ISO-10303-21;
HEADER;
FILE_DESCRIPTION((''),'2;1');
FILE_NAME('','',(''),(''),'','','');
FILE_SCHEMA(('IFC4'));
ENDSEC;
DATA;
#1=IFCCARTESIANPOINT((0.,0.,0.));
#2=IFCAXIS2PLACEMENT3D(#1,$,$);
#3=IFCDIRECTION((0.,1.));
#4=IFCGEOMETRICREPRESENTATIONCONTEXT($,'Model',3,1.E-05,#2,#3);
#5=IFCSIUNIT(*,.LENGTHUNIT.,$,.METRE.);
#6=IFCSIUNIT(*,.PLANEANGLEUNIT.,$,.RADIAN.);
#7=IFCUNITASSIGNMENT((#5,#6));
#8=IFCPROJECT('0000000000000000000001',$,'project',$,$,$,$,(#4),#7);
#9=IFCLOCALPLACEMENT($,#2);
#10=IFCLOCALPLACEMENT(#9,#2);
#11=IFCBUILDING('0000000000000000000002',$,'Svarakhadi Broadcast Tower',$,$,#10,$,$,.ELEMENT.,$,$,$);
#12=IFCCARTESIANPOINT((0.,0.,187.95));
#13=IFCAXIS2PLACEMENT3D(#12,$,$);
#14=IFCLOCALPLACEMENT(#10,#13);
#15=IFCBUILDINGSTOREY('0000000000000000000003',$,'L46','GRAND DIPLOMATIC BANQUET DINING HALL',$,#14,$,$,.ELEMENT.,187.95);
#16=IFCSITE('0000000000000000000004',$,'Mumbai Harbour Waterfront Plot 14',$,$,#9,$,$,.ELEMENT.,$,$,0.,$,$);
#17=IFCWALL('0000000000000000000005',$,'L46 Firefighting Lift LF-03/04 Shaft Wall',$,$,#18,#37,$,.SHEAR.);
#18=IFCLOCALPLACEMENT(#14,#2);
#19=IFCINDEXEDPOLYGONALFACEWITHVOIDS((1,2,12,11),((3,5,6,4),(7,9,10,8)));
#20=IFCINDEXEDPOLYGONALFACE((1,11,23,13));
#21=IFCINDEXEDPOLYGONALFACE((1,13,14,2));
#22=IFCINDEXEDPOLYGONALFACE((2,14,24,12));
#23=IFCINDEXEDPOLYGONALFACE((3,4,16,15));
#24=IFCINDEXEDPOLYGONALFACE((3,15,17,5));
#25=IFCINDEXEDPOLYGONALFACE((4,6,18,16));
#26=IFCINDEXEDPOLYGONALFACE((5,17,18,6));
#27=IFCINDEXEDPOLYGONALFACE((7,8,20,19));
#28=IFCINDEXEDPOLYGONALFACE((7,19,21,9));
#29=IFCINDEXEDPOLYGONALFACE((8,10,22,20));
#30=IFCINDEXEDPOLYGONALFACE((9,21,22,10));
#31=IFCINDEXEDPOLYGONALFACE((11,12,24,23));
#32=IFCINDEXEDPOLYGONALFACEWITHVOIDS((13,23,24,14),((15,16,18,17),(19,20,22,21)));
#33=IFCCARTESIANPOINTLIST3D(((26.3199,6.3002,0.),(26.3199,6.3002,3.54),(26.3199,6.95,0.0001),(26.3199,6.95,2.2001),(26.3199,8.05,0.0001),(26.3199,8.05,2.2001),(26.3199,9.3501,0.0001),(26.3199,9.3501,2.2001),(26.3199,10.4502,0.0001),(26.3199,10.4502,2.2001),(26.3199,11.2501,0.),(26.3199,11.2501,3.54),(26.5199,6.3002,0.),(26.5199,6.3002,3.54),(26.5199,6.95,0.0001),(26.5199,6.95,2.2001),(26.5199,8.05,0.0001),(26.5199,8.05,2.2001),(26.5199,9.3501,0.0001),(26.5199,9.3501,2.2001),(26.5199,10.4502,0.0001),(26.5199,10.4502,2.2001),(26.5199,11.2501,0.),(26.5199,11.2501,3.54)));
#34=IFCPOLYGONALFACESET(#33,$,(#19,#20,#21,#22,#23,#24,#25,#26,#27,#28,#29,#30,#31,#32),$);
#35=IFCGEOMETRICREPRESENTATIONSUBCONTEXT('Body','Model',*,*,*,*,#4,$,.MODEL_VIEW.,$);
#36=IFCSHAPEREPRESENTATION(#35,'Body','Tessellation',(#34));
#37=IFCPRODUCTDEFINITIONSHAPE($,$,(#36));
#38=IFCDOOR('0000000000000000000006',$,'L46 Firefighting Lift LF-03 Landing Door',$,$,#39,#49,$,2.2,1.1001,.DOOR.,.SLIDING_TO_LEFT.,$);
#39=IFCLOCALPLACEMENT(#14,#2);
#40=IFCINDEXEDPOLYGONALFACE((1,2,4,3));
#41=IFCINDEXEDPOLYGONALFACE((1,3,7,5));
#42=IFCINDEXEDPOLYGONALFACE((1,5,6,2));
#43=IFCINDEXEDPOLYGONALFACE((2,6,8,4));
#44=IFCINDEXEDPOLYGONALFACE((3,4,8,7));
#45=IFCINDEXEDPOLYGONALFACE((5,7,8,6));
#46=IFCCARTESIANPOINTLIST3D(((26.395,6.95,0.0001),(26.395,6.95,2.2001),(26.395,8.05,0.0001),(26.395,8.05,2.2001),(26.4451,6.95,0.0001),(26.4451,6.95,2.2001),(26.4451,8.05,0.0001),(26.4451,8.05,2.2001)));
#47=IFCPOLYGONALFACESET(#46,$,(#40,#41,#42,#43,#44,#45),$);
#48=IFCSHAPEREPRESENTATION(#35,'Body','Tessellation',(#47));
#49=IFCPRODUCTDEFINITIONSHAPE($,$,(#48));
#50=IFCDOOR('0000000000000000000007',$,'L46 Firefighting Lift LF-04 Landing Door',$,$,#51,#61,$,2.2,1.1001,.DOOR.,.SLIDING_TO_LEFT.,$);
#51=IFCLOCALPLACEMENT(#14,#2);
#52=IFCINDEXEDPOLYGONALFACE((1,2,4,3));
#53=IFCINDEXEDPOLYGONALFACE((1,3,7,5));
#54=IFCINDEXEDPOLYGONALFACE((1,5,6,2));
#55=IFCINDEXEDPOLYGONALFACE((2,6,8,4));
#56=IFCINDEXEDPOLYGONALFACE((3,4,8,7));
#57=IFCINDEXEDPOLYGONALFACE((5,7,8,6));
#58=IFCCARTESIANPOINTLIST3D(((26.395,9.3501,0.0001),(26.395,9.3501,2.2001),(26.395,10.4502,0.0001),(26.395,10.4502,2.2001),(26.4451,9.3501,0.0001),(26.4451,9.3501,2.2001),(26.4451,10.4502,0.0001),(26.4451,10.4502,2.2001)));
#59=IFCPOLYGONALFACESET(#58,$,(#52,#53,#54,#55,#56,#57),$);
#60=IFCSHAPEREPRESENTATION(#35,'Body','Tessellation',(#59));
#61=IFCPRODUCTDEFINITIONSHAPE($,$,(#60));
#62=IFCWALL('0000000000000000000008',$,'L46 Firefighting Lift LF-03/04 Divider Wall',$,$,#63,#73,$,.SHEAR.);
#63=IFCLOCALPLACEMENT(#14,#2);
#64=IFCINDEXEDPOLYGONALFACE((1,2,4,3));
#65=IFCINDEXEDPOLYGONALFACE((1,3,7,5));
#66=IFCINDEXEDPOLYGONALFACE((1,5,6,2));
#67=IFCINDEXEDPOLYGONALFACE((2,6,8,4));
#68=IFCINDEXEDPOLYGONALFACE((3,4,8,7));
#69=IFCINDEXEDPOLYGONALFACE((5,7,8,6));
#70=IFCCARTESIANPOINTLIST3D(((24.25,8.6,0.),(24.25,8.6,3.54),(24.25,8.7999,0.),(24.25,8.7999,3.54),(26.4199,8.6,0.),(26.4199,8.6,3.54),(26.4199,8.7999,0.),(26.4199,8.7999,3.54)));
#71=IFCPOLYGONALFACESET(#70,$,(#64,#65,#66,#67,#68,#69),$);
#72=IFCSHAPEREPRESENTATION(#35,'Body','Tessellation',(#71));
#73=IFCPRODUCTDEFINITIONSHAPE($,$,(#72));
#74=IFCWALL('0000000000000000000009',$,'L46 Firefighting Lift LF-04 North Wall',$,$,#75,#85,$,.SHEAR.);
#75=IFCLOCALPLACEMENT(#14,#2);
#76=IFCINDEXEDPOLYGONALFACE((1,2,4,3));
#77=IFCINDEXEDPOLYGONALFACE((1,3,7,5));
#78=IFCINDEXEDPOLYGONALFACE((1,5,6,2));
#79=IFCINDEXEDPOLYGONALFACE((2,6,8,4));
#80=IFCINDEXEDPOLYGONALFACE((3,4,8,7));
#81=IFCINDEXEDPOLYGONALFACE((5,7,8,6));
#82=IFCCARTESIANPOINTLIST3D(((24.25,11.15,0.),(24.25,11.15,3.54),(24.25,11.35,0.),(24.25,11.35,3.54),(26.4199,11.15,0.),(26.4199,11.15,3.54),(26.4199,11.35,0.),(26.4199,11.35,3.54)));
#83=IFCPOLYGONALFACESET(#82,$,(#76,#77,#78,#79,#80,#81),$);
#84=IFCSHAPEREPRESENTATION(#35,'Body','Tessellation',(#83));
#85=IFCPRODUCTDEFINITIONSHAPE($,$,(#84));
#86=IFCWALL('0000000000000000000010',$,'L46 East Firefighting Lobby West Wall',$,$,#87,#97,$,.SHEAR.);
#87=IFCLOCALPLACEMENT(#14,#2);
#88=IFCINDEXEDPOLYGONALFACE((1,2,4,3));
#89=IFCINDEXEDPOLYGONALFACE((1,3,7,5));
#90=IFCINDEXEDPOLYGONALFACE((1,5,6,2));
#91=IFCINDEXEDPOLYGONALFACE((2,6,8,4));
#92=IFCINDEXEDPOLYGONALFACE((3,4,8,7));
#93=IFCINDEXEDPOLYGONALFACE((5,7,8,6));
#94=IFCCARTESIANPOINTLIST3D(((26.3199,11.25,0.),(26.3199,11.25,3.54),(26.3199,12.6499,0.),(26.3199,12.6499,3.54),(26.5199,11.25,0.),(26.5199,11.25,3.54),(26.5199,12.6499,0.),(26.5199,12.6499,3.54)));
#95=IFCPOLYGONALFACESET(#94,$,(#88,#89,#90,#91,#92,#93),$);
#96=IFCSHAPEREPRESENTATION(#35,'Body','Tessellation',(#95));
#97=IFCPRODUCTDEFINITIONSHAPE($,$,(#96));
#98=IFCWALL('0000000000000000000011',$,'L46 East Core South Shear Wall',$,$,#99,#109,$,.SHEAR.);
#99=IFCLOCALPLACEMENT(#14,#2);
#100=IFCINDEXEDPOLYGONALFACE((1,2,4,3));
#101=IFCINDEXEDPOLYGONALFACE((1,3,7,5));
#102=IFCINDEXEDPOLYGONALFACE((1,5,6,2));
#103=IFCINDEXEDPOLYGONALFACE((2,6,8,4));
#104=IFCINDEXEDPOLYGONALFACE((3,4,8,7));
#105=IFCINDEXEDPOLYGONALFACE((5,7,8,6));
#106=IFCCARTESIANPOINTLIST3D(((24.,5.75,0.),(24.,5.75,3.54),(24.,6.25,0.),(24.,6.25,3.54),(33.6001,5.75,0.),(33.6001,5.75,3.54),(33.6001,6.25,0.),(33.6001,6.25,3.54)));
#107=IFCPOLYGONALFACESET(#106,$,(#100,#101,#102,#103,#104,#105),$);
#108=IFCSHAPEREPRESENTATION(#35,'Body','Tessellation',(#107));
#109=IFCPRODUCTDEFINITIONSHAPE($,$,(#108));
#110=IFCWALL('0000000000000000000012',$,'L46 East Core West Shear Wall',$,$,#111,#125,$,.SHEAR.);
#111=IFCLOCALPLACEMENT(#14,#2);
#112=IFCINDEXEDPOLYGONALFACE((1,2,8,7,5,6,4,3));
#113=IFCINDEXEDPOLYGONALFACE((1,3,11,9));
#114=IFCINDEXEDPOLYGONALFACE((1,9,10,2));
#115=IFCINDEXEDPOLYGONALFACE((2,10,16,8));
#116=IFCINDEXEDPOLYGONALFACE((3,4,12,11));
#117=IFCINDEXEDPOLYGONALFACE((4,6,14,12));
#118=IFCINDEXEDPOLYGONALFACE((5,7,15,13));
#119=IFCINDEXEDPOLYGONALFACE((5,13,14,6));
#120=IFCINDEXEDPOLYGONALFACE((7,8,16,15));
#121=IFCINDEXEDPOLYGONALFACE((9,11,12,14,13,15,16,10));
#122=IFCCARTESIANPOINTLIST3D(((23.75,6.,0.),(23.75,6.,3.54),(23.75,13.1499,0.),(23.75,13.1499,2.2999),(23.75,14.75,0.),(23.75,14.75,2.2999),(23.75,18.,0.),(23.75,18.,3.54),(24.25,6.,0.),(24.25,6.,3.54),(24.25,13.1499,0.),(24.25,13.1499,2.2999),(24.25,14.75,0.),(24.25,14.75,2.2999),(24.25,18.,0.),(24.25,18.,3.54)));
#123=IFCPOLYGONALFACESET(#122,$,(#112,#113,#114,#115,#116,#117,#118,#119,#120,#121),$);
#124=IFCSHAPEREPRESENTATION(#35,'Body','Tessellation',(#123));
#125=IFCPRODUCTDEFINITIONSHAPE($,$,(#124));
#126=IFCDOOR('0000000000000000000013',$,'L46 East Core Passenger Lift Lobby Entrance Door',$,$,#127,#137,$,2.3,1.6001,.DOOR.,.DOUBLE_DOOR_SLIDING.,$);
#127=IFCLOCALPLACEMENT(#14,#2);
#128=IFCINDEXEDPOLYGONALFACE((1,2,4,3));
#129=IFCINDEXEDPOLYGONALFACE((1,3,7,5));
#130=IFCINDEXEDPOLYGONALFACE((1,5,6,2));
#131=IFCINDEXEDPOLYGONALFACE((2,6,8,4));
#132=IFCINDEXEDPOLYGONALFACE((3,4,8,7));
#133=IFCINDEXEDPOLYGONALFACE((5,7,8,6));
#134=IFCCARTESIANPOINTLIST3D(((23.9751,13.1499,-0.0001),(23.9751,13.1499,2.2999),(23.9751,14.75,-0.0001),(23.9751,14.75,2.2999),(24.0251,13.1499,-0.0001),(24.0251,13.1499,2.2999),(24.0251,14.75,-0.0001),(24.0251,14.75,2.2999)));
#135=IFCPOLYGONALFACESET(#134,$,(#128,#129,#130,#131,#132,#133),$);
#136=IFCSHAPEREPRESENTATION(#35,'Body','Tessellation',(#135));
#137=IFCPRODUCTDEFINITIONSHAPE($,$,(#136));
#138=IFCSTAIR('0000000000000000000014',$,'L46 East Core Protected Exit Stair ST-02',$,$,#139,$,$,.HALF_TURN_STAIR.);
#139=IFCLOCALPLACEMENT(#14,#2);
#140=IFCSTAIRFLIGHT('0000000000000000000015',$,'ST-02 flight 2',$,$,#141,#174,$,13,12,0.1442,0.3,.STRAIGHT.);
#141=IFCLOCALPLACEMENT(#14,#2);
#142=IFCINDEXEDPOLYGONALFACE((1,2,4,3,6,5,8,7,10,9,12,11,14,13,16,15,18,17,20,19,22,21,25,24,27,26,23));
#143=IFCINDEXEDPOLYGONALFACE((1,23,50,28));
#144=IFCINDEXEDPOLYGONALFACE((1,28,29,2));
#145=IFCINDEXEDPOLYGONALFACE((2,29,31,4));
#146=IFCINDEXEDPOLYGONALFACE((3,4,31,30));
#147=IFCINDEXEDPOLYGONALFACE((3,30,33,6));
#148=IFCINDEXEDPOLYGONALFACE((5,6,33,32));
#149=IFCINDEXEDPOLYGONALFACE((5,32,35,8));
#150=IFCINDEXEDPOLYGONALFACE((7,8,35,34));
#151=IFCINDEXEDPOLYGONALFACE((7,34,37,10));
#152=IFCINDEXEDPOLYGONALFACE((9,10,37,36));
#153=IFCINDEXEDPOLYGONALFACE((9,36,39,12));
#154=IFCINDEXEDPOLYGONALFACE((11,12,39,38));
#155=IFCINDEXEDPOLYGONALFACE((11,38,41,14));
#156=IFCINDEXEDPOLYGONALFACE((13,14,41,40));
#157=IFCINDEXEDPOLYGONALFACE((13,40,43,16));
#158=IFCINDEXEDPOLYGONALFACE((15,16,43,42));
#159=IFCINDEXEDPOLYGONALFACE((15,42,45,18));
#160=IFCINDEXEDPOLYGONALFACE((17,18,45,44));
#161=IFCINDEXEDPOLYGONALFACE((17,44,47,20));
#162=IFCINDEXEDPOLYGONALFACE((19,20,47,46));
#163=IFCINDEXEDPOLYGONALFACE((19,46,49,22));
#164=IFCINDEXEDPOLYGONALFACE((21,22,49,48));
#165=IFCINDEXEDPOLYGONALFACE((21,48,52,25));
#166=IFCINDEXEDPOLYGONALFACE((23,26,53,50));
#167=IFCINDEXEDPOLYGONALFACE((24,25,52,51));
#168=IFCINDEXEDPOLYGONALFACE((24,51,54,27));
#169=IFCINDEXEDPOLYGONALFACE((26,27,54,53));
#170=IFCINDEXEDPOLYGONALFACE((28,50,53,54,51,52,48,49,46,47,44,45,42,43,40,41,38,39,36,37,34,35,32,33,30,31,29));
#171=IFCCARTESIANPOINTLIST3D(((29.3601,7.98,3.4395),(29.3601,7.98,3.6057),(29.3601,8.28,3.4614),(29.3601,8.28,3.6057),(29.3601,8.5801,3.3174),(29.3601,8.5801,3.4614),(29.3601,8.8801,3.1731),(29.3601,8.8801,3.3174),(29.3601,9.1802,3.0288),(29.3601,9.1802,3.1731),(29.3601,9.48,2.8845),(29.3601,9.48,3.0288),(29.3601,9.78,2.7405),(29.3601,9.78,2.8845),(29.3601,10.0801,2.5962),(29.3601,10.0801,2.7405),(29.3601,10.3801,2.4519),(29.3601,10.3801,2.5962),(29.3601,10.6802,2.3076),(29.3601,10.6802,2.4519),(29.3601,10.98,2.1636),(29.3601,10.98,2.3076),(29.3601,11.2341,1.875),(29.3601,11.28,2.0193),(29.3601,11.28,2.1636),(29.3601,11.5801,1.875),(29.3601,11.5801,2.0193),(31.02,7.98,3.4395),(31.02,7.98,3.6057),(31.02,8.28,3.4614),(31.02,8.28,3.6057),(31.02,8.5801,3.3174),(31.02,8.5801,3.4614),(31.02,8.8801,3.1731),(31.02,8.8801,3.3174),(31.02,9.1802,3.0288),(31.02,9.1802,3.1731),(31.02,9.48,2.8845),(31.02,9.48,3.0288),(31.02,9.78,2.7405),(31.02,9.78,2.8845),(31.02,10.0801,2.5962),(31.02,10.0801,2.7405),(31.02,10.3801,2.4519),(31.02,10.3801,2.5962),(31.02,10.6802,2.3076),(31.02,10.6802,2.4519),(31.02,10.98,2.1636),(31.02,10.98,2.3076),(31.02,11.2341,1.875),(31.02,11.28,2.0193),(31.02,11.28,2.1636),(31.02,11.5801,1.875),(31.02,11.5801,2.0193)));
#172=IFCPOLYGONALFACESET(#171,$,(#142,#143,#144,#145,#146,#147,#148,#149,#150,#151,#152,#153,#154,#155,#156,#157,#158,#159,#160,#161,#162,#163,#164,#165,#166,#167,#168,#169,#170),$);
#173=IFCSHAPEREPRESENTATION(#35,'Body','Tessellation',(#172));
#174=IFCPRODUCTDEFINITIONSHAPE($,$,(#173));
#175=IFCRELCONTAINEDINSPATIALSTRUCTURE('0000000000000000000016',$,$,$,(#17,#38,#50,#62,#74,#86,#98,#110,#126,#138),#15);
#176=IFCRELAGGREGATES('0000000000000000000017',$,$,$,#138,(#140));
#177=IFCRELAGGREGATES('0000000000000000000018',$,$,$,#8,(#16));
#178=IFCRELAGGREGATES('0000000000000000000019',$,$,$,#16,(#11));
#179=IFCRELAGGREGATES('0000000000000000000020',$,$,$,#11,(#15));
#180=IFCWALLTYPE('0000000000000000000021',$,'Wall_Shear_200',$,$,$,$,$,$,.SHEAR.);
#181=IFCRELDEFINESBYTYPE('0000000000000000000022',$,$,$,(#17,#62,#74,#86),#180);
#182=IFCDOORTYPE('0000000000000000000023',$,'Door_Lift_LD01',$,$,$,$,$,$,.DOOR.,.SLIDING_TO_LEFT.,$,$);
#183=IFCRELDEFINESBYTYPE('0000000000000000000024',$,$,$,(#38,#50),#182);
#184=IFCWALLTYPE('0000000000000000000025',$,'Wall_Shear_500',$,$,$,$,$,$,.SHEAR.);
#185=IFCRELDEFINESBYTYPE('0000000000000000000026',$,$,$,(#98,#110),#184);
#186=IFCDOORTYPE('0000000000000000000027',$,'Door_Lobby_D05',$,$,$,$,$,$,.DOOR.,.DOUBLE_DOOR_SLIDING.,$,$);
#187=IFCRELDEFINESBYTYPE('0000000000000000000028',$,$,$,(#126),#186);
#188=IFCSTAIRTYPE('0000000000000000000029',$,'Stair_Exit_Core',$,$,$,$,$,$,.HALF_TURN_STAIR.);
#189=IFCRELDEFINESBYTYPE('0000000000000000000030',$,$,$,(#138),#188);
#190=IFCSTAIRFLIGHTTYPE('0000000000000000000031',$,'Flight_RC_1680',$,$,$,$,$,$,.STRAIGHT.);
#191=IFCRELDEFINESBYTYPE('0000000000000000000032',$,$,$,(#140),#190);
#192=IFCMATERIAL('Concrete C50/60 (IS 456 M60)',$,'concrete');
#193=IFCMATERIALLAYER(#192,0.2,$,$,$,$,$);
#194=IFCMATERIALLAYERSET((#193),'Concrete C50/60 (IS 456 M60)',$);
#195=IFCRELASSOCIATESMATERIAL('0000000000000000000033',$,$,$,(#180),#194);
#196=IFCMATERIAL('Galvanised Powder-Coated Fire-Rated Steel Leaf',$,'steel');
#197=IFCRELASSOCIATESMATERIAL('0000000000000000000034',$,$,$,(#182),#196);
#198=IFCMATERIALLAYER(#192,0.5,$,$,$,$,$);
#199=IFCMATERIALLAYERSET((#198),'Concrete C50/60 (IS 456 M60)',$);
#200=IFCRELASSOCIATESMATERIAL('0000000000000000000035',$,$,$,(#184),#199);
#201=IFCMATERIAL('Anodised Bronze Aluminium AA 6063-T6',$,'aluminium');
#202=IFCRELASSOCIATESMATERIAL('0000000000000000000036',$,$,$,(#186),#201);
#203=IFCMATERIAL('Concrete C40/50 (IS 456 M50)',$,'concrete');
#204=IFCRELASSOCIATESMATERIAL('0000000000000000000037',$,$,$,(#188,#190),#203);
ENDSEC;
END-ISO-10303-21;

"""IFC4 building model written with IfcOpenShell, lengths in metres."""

from ifc_helpers import new_model, si_unit, direction, frame, frame_2d, origin, place, context, subcontext, project, spatial, polyline, rectangle, outline, extrude, material, layer, layer_set, type_object, element, fill, aggregate, save


model = new_model("IFC4")

# Units and contexts
model_context = context("Model", 3, precision=1e-05, world=origin(), true_north=direction((0.0, 1.0)))
body_context = subcontext(model_context, "Body", "Model", "MODEL_VIEW")
ifc_project = project(units=[si_unit("LENGTHUNIT", "METRE"), si_unit("PLANEANGLEUNIT", "RADIAN")], contexts=[model_context])

# Site, building, storey
site_placement = place(None, origin())
site = spatial("IfcSite", under=ifc_project, at=site_placement, Name="Mumbai Harbour Waterfront Plot 14", CompositionType="ELEMENT", RefElevation=0.0)
building_placement = place(site_placement, origin())
building = spatial("IfcBuilding", under=site, at=building_placement, Name="Svarakhadi Broadcast Tower", CompositionType="ELEMENT")
storey_placement = place(building_placement, frame((0.0, 0.0, 187.95)))
storey = spatial("IfcBuildingStorey", under=building, at=storey_placement, Name="L46", Description="GRAND DIPLOMATIC BANQUET DINING HALL", CompositionType="ELEMENT", Elevation=187.95)

# Shared definitions
ifc_material_1 = material(Name="Concrete C50/60 (IS 456 M60)", Category="concrete")

# Shared definitions
ifc_layer_1 = layer(ifc_material_1, 0.2)
ifc_layer_set_1 = layer_set([ifc_layer_1], Name="Concrete C50/60 (IS 456 M60)")
wall_type_1 = type_object("IfcWallType", Name="Wall_Shear_200", PredefinedType="SHEAR", material=ifc_layer_set_1)
ifc_material_2 = material(Name="Galvanised Powder-Coated Fire-Rated Steel Leaf", Category="steel")

# Wall, openings, doors
wall_1_placement = place(storey_placement, frame((26.4199, 6.3, 0.0), z_axis=(0.0, 0.0, 1.0), x_axis=(0.0, 1.0, 0.0)))
wall_1 = element("IfcWall", 1, at=wall_1_placement, inside=storey, type_object=wall_type_1, Name="L46 Firefighting Lift LF-03/04 Shaft Wall", PredefinedType="SHEAR", context=body_context, shape_type="SweptSolid", body=[
    extrude(rectangle(XDim=4.95, YDim=0.2, at=frame_2d((2.4751, 0.0))), origin(), (0.0, 0.0, 1.0), 3.54),
])
opening_1_placement = place(wall_1_placement, frame((0.6499, 0.0, 0.0)))
opening_1 = element("IfcOpeningElement", 2, at=opening_1_placement, cuts=wall_1, PredefinedType="OPENING", context=body_context, shape_type="SweptSolid", body=[
    extrude(rectangle(XDim=1.1001, YDim=2.2, at=frame_2d((0.55, 1.1001))), frame((0.0, 0.1099, 0.0), z_axis=(0.0, -1.0, 0.0), x_axis=(1.0, 0.0, 0.0)), (0.0, 0.0, 1.0), 0.22),
])
opening_2_placement = place(wall_1_placement, frame((3.05, 0.0, 0.0)))
opening_2 = element("IfcOpeningElement", 3, at=opening_2_placement, cuts=wall_1, PredefinedType="OPENING", context=body_context, shape_type="SweptSolid", body=[
    extrude(rectangle(XDim=1.1001, YDim=2.2, at=frame_2d((0.55, 1.1001))), frame((0.0, 0.1099, 0.0), z_axis=(0.0, -1.0, 0.0), x_axis=(1.0, 0.0, 0.0)), (0.0, 0.0, 1.0), 0.22),
])
door_type_1 = type_object("IfcDoorType", Name="Door_Lift_LD01", OperationType="SLIDING_TO_LEFT", PredefinedType="DOOR", material=ifc_material_2)
door_1_placement = place(opening_1_placement, origin())
door_1 = element("IfcDoor", 4, at=door_1_placement, inside=storey, type_object=door_type_1, Name="L46 Firefighting Lift LF-03 Landing Door", OperationType="SLIDING_TO_LEFT", OverallHeight=2.2, OverallWidth=1.1001, PredefinedType="DOOR", context=body_context, shape_type="SweptSolid", body=[
    extrude(rectangle(XDim=1.1001, YDim=2.2, at=frame_2d((0.55, 1.1001))), frame((0.0, 0.0249, 0.0), z_axis=(0.0, -1.0, 0.0), x_axis=(1.0, 0.0, 0.0)), (0.0, 0.0, 1.0), 0.05),
])
fill(opening_1, door_1)
door_2_placement = place(opening_2_placement, origin())
door_2 = element("IfcDoor", 5, at=door_2_placement, inside=storey, type_object=door_type_1, Name="L46 Firefighting Lift LF-04 Landing Door", OperationType="SLIDING_TO_LEFT", OverallHeight=2.2, OverallWidth=1.1001, PredefinedType="DOOR", context=body_context, shape_type="SweptSolid", body=[
    extrude(rectangle(XDim=1.1001, YDim=2.2, at=frame_2d((0.55, 1.1001))), frame((0.0, 0.0249, 0.0), z_axis=(0.0, -1.0, 0.0), x_axis=(1.0, 0.0, 0.0)), (0.0, 0.0, 1.0), 0.05),
])
fill(opening_2, door_2)

# Walls
for number, where, z_axis, x_axis, name in (
    (6, (24.25, 8.7, 0.0), (0.0, 0.0, 1.0), (1.0, 0.0, 0.0), "L46 Firefighting Lift LF-03/04 Divider Wall"),
    (7, (24.25, 11.25, 0.0), (0.0, 0.0, 1.0), (1.0, 0.0, 0.0), "L46 Firefighting Lift LF-04 North Wall"),
):
    element("IfcWall", number, at=place(storey_placement, frame(where, z_axis=z_axis, x_axis=x_axis)), inside=storey, type_object=wall_type_1, Name=name, PredefinedType="SHEAR", context=body_context, shape_type="SweptSolid", body=[
        extrude(rectangle(XDim=2.1699, YDim=0.2, at=frame_2d((1.085, 0.0))), origin(), (0.0, 0.0, 1.0), 3.54),
    ])
wall_2_placement = place(storey_placement, frame((26.4199, 11.25, 0.0), z_axis=(0.0, 0.0, 1.0), x_axis=(0.0, 1.0, 0.0)))
element("IfcWall", 8, at=wall_2_placement, inside=storey, type_object=wall_type_1, Name="L46 East Firefighting Lobby West Wall", PredefinedType="SHEAR", context=body_context, shape_type="SweptSolid", body=[
    extrude(rectangle(XDim=1.3999, YDim=0.2, at=frame_2d((0.7, 0.0))), origin(), (0.0, 0.0, 1.0), 3.54),
])
ifc_layer_2 = layer(ifc_material_1, 0.5)
ifc_layer_set_2 = layer_set([ifc_layer_2], Name="Concrete C50/60 (IS 456 M60)")
wall_type_2 = type_object("IfcWallType", Name="Wall_Shear_500", PredefinedType="SHEAR", material=ifc_layer_set_2)
wall_3_placement = place(storey_placement, frame((24.0, 6.0, 0.0), z_axis=(0.0, 0.0, 1.0), x_axis=(1.0, 0.0, 0.0)))
element("IfcWall", 9, at=wall_3_placement, inside=storey, type_object=wall_type_2, Name="L46 East Core South Shear Wall", PredefinedType="SHEAR", context=body_context, shape_type="SweptSolid", body=[
    extrude(rectangle(XDim=9.6001, YDim=0.5, at=frame_2d((4.8, 0.0))), origin(), (0.0, 0.0, 1.0), 3.54),
])

# Wall, opening, door
wall_4_placement = place(storey_placement, frame((24.0, 6.0, 0.0), z_axis=(0.0, 0.0, 1.0), x_axis=(0.0, 1.0, 0.0)))
wall_4 = element("IfcWall", 10, at=wall_4_placement, inside=storey, type_object=wall_type_2, Name="L46 East Core West Shear Wall", PredefinedType="SHEAR", context=body_context, shape_type="SweptSolid", body=[
    extrude(rectangle(XDim=12.0, YDim=0.5, at=frame_2d((6.0, 0.0))), origin(), (0.0, 0.0, 1.0), 3.54),
])
opening_3_placement = place(wall_4_placement, frame((7.1499, 0.0, 0.0)))
opening_3 = element("IfcOpeningElement", 11, at=opening_3_placement, cuts=wall_4, PredefinedType="OPENING", context=body_context, shape_type="SweptSolid", body=[
    extrude(rectangle(XDim=1.6001, YDim=2.3, at=frame_2d((0.8, 1.1499))), frame((0.0, 0.26, 0.0), z_axis=(0.0, -1.0, 0.0), x_axis=(1.0, 0.0, 0.0)), (0.0, 0.0, 1.0), 0.52),
])
ifc_material_3 = material(Name="Anodised Bronze Aluminium AA 6063-T6", Category="aluminium")
door_type_2 = type_object("IfcDoorType", Name="Door_Lobby_D05", OperationType="DOUBLE_DOOR_SLIDING", PredefinedType="DOOR", material=ifc_material_3)
door_3_placement = place(opening_3_placement, origin())
door_3 = element("IfcDoor", 12, at=door_3_placement, inside=storey, type_object=door_type_2, Name="L46 East Core Passenger Lift Lobby Entrance Door", OperationType="DOUBLE_DOOR_SLIDING", OverallHeight=2.3, OverallWidth=1.6001, PredefinedType="DOOR", context=body_context, shape_type="SweptSolid", body=[
    extrude(rectangle(XDim=1.6001, YDim=2.3, at=frame_2d((0.8, 1.1499))), frame((0.0, 0.0249, 0.0), z_axis=(0.0, -1.0, 0.0), x_axis=(1.0, 0.0, 0.0)), (0.0, 0.0, 1.0), 0.05),
])
fill(opening_3, door_3)

# Stair, stair flight
ifc_material_4 = material(Name="Concrete C40/50 (IS 456 M50)", Category="concrete")
stair_type = type_object("IfcStairType", Name="Stair_Exit_Core", PredefinedType="HALF_TURN_STAIR", material=ifc_material_4)
stair_placement = place(storey_placement, origin())
stair = element("IfcStair", 13, at=stair_placement, inside=storey, type_object=stair_type, Name="L46 East Core Protected Exit Stair ST-02", PredefinedType="HALF_TURN_STAIR")
stair_flight_type = type_object("IfcStairFlightType", Name="Flight_RC_1680", PredefinedType="STRAIGHT", material=ifc_material_4)
stair_flight_placement = place(storey_placement, frame((30.1899, 11.5801, 1.875), z_axis=(0.0, 0.0, 1.0), x_axis=(0.0, -1.0, 0.0)))
stair_flight = element("IfcStairFlight", 14, at=stair_flight_placement, type_object=stair_flight_type, Name="ST-02 flight 2", NumberOfRisers=13, NumberOfTreads=12, PredefinedType="STRAIGHT", RiserHeight=0.1442, TreadLength=0.3, context=body_context, shape_type="SweptSolid", body=[
    extrude(outline(polyline([(0.0, 0.0), (0.0, 0.1443), (0.3, 0.1443), (0.3, 0.2886), (0.6001, 0.2886), (0.6001, 0.4326), (0.8999, 0.4326), (0.8999, 0.5769), (1.2, 0.5769), (1.2, 0.7212), (1.5, 0.7212), (1.5, 0.8655), (1.8, 0.8655), (1.8, 1.0095), (2.1001, 1.0095), (2.1001, 1.1538), (2.3999, 1.1538), (2.3999, 1.2981), (2.7, 1.2981), (2.7, 1.4424), (3.0, 1.4424), (3.0, 1.5864), (3.3, 1.5864), (3.3, 1.7307), (3.6001, 1.7307), (3.6001, 1.875), (3.6001, 1.5645), (0.3459, 0.0), (0.0, 0.0)])), frame((0.0, 0.8301, 0.0), z_axis=(0.0, -1.0, 0.0), x_axis=(1.0, 0.0, 0.0)), (0.0, 0.0, 1.0), 1.6599),
])
aggregate(stair, [stair_flight])

save(model, "model.ifc")
